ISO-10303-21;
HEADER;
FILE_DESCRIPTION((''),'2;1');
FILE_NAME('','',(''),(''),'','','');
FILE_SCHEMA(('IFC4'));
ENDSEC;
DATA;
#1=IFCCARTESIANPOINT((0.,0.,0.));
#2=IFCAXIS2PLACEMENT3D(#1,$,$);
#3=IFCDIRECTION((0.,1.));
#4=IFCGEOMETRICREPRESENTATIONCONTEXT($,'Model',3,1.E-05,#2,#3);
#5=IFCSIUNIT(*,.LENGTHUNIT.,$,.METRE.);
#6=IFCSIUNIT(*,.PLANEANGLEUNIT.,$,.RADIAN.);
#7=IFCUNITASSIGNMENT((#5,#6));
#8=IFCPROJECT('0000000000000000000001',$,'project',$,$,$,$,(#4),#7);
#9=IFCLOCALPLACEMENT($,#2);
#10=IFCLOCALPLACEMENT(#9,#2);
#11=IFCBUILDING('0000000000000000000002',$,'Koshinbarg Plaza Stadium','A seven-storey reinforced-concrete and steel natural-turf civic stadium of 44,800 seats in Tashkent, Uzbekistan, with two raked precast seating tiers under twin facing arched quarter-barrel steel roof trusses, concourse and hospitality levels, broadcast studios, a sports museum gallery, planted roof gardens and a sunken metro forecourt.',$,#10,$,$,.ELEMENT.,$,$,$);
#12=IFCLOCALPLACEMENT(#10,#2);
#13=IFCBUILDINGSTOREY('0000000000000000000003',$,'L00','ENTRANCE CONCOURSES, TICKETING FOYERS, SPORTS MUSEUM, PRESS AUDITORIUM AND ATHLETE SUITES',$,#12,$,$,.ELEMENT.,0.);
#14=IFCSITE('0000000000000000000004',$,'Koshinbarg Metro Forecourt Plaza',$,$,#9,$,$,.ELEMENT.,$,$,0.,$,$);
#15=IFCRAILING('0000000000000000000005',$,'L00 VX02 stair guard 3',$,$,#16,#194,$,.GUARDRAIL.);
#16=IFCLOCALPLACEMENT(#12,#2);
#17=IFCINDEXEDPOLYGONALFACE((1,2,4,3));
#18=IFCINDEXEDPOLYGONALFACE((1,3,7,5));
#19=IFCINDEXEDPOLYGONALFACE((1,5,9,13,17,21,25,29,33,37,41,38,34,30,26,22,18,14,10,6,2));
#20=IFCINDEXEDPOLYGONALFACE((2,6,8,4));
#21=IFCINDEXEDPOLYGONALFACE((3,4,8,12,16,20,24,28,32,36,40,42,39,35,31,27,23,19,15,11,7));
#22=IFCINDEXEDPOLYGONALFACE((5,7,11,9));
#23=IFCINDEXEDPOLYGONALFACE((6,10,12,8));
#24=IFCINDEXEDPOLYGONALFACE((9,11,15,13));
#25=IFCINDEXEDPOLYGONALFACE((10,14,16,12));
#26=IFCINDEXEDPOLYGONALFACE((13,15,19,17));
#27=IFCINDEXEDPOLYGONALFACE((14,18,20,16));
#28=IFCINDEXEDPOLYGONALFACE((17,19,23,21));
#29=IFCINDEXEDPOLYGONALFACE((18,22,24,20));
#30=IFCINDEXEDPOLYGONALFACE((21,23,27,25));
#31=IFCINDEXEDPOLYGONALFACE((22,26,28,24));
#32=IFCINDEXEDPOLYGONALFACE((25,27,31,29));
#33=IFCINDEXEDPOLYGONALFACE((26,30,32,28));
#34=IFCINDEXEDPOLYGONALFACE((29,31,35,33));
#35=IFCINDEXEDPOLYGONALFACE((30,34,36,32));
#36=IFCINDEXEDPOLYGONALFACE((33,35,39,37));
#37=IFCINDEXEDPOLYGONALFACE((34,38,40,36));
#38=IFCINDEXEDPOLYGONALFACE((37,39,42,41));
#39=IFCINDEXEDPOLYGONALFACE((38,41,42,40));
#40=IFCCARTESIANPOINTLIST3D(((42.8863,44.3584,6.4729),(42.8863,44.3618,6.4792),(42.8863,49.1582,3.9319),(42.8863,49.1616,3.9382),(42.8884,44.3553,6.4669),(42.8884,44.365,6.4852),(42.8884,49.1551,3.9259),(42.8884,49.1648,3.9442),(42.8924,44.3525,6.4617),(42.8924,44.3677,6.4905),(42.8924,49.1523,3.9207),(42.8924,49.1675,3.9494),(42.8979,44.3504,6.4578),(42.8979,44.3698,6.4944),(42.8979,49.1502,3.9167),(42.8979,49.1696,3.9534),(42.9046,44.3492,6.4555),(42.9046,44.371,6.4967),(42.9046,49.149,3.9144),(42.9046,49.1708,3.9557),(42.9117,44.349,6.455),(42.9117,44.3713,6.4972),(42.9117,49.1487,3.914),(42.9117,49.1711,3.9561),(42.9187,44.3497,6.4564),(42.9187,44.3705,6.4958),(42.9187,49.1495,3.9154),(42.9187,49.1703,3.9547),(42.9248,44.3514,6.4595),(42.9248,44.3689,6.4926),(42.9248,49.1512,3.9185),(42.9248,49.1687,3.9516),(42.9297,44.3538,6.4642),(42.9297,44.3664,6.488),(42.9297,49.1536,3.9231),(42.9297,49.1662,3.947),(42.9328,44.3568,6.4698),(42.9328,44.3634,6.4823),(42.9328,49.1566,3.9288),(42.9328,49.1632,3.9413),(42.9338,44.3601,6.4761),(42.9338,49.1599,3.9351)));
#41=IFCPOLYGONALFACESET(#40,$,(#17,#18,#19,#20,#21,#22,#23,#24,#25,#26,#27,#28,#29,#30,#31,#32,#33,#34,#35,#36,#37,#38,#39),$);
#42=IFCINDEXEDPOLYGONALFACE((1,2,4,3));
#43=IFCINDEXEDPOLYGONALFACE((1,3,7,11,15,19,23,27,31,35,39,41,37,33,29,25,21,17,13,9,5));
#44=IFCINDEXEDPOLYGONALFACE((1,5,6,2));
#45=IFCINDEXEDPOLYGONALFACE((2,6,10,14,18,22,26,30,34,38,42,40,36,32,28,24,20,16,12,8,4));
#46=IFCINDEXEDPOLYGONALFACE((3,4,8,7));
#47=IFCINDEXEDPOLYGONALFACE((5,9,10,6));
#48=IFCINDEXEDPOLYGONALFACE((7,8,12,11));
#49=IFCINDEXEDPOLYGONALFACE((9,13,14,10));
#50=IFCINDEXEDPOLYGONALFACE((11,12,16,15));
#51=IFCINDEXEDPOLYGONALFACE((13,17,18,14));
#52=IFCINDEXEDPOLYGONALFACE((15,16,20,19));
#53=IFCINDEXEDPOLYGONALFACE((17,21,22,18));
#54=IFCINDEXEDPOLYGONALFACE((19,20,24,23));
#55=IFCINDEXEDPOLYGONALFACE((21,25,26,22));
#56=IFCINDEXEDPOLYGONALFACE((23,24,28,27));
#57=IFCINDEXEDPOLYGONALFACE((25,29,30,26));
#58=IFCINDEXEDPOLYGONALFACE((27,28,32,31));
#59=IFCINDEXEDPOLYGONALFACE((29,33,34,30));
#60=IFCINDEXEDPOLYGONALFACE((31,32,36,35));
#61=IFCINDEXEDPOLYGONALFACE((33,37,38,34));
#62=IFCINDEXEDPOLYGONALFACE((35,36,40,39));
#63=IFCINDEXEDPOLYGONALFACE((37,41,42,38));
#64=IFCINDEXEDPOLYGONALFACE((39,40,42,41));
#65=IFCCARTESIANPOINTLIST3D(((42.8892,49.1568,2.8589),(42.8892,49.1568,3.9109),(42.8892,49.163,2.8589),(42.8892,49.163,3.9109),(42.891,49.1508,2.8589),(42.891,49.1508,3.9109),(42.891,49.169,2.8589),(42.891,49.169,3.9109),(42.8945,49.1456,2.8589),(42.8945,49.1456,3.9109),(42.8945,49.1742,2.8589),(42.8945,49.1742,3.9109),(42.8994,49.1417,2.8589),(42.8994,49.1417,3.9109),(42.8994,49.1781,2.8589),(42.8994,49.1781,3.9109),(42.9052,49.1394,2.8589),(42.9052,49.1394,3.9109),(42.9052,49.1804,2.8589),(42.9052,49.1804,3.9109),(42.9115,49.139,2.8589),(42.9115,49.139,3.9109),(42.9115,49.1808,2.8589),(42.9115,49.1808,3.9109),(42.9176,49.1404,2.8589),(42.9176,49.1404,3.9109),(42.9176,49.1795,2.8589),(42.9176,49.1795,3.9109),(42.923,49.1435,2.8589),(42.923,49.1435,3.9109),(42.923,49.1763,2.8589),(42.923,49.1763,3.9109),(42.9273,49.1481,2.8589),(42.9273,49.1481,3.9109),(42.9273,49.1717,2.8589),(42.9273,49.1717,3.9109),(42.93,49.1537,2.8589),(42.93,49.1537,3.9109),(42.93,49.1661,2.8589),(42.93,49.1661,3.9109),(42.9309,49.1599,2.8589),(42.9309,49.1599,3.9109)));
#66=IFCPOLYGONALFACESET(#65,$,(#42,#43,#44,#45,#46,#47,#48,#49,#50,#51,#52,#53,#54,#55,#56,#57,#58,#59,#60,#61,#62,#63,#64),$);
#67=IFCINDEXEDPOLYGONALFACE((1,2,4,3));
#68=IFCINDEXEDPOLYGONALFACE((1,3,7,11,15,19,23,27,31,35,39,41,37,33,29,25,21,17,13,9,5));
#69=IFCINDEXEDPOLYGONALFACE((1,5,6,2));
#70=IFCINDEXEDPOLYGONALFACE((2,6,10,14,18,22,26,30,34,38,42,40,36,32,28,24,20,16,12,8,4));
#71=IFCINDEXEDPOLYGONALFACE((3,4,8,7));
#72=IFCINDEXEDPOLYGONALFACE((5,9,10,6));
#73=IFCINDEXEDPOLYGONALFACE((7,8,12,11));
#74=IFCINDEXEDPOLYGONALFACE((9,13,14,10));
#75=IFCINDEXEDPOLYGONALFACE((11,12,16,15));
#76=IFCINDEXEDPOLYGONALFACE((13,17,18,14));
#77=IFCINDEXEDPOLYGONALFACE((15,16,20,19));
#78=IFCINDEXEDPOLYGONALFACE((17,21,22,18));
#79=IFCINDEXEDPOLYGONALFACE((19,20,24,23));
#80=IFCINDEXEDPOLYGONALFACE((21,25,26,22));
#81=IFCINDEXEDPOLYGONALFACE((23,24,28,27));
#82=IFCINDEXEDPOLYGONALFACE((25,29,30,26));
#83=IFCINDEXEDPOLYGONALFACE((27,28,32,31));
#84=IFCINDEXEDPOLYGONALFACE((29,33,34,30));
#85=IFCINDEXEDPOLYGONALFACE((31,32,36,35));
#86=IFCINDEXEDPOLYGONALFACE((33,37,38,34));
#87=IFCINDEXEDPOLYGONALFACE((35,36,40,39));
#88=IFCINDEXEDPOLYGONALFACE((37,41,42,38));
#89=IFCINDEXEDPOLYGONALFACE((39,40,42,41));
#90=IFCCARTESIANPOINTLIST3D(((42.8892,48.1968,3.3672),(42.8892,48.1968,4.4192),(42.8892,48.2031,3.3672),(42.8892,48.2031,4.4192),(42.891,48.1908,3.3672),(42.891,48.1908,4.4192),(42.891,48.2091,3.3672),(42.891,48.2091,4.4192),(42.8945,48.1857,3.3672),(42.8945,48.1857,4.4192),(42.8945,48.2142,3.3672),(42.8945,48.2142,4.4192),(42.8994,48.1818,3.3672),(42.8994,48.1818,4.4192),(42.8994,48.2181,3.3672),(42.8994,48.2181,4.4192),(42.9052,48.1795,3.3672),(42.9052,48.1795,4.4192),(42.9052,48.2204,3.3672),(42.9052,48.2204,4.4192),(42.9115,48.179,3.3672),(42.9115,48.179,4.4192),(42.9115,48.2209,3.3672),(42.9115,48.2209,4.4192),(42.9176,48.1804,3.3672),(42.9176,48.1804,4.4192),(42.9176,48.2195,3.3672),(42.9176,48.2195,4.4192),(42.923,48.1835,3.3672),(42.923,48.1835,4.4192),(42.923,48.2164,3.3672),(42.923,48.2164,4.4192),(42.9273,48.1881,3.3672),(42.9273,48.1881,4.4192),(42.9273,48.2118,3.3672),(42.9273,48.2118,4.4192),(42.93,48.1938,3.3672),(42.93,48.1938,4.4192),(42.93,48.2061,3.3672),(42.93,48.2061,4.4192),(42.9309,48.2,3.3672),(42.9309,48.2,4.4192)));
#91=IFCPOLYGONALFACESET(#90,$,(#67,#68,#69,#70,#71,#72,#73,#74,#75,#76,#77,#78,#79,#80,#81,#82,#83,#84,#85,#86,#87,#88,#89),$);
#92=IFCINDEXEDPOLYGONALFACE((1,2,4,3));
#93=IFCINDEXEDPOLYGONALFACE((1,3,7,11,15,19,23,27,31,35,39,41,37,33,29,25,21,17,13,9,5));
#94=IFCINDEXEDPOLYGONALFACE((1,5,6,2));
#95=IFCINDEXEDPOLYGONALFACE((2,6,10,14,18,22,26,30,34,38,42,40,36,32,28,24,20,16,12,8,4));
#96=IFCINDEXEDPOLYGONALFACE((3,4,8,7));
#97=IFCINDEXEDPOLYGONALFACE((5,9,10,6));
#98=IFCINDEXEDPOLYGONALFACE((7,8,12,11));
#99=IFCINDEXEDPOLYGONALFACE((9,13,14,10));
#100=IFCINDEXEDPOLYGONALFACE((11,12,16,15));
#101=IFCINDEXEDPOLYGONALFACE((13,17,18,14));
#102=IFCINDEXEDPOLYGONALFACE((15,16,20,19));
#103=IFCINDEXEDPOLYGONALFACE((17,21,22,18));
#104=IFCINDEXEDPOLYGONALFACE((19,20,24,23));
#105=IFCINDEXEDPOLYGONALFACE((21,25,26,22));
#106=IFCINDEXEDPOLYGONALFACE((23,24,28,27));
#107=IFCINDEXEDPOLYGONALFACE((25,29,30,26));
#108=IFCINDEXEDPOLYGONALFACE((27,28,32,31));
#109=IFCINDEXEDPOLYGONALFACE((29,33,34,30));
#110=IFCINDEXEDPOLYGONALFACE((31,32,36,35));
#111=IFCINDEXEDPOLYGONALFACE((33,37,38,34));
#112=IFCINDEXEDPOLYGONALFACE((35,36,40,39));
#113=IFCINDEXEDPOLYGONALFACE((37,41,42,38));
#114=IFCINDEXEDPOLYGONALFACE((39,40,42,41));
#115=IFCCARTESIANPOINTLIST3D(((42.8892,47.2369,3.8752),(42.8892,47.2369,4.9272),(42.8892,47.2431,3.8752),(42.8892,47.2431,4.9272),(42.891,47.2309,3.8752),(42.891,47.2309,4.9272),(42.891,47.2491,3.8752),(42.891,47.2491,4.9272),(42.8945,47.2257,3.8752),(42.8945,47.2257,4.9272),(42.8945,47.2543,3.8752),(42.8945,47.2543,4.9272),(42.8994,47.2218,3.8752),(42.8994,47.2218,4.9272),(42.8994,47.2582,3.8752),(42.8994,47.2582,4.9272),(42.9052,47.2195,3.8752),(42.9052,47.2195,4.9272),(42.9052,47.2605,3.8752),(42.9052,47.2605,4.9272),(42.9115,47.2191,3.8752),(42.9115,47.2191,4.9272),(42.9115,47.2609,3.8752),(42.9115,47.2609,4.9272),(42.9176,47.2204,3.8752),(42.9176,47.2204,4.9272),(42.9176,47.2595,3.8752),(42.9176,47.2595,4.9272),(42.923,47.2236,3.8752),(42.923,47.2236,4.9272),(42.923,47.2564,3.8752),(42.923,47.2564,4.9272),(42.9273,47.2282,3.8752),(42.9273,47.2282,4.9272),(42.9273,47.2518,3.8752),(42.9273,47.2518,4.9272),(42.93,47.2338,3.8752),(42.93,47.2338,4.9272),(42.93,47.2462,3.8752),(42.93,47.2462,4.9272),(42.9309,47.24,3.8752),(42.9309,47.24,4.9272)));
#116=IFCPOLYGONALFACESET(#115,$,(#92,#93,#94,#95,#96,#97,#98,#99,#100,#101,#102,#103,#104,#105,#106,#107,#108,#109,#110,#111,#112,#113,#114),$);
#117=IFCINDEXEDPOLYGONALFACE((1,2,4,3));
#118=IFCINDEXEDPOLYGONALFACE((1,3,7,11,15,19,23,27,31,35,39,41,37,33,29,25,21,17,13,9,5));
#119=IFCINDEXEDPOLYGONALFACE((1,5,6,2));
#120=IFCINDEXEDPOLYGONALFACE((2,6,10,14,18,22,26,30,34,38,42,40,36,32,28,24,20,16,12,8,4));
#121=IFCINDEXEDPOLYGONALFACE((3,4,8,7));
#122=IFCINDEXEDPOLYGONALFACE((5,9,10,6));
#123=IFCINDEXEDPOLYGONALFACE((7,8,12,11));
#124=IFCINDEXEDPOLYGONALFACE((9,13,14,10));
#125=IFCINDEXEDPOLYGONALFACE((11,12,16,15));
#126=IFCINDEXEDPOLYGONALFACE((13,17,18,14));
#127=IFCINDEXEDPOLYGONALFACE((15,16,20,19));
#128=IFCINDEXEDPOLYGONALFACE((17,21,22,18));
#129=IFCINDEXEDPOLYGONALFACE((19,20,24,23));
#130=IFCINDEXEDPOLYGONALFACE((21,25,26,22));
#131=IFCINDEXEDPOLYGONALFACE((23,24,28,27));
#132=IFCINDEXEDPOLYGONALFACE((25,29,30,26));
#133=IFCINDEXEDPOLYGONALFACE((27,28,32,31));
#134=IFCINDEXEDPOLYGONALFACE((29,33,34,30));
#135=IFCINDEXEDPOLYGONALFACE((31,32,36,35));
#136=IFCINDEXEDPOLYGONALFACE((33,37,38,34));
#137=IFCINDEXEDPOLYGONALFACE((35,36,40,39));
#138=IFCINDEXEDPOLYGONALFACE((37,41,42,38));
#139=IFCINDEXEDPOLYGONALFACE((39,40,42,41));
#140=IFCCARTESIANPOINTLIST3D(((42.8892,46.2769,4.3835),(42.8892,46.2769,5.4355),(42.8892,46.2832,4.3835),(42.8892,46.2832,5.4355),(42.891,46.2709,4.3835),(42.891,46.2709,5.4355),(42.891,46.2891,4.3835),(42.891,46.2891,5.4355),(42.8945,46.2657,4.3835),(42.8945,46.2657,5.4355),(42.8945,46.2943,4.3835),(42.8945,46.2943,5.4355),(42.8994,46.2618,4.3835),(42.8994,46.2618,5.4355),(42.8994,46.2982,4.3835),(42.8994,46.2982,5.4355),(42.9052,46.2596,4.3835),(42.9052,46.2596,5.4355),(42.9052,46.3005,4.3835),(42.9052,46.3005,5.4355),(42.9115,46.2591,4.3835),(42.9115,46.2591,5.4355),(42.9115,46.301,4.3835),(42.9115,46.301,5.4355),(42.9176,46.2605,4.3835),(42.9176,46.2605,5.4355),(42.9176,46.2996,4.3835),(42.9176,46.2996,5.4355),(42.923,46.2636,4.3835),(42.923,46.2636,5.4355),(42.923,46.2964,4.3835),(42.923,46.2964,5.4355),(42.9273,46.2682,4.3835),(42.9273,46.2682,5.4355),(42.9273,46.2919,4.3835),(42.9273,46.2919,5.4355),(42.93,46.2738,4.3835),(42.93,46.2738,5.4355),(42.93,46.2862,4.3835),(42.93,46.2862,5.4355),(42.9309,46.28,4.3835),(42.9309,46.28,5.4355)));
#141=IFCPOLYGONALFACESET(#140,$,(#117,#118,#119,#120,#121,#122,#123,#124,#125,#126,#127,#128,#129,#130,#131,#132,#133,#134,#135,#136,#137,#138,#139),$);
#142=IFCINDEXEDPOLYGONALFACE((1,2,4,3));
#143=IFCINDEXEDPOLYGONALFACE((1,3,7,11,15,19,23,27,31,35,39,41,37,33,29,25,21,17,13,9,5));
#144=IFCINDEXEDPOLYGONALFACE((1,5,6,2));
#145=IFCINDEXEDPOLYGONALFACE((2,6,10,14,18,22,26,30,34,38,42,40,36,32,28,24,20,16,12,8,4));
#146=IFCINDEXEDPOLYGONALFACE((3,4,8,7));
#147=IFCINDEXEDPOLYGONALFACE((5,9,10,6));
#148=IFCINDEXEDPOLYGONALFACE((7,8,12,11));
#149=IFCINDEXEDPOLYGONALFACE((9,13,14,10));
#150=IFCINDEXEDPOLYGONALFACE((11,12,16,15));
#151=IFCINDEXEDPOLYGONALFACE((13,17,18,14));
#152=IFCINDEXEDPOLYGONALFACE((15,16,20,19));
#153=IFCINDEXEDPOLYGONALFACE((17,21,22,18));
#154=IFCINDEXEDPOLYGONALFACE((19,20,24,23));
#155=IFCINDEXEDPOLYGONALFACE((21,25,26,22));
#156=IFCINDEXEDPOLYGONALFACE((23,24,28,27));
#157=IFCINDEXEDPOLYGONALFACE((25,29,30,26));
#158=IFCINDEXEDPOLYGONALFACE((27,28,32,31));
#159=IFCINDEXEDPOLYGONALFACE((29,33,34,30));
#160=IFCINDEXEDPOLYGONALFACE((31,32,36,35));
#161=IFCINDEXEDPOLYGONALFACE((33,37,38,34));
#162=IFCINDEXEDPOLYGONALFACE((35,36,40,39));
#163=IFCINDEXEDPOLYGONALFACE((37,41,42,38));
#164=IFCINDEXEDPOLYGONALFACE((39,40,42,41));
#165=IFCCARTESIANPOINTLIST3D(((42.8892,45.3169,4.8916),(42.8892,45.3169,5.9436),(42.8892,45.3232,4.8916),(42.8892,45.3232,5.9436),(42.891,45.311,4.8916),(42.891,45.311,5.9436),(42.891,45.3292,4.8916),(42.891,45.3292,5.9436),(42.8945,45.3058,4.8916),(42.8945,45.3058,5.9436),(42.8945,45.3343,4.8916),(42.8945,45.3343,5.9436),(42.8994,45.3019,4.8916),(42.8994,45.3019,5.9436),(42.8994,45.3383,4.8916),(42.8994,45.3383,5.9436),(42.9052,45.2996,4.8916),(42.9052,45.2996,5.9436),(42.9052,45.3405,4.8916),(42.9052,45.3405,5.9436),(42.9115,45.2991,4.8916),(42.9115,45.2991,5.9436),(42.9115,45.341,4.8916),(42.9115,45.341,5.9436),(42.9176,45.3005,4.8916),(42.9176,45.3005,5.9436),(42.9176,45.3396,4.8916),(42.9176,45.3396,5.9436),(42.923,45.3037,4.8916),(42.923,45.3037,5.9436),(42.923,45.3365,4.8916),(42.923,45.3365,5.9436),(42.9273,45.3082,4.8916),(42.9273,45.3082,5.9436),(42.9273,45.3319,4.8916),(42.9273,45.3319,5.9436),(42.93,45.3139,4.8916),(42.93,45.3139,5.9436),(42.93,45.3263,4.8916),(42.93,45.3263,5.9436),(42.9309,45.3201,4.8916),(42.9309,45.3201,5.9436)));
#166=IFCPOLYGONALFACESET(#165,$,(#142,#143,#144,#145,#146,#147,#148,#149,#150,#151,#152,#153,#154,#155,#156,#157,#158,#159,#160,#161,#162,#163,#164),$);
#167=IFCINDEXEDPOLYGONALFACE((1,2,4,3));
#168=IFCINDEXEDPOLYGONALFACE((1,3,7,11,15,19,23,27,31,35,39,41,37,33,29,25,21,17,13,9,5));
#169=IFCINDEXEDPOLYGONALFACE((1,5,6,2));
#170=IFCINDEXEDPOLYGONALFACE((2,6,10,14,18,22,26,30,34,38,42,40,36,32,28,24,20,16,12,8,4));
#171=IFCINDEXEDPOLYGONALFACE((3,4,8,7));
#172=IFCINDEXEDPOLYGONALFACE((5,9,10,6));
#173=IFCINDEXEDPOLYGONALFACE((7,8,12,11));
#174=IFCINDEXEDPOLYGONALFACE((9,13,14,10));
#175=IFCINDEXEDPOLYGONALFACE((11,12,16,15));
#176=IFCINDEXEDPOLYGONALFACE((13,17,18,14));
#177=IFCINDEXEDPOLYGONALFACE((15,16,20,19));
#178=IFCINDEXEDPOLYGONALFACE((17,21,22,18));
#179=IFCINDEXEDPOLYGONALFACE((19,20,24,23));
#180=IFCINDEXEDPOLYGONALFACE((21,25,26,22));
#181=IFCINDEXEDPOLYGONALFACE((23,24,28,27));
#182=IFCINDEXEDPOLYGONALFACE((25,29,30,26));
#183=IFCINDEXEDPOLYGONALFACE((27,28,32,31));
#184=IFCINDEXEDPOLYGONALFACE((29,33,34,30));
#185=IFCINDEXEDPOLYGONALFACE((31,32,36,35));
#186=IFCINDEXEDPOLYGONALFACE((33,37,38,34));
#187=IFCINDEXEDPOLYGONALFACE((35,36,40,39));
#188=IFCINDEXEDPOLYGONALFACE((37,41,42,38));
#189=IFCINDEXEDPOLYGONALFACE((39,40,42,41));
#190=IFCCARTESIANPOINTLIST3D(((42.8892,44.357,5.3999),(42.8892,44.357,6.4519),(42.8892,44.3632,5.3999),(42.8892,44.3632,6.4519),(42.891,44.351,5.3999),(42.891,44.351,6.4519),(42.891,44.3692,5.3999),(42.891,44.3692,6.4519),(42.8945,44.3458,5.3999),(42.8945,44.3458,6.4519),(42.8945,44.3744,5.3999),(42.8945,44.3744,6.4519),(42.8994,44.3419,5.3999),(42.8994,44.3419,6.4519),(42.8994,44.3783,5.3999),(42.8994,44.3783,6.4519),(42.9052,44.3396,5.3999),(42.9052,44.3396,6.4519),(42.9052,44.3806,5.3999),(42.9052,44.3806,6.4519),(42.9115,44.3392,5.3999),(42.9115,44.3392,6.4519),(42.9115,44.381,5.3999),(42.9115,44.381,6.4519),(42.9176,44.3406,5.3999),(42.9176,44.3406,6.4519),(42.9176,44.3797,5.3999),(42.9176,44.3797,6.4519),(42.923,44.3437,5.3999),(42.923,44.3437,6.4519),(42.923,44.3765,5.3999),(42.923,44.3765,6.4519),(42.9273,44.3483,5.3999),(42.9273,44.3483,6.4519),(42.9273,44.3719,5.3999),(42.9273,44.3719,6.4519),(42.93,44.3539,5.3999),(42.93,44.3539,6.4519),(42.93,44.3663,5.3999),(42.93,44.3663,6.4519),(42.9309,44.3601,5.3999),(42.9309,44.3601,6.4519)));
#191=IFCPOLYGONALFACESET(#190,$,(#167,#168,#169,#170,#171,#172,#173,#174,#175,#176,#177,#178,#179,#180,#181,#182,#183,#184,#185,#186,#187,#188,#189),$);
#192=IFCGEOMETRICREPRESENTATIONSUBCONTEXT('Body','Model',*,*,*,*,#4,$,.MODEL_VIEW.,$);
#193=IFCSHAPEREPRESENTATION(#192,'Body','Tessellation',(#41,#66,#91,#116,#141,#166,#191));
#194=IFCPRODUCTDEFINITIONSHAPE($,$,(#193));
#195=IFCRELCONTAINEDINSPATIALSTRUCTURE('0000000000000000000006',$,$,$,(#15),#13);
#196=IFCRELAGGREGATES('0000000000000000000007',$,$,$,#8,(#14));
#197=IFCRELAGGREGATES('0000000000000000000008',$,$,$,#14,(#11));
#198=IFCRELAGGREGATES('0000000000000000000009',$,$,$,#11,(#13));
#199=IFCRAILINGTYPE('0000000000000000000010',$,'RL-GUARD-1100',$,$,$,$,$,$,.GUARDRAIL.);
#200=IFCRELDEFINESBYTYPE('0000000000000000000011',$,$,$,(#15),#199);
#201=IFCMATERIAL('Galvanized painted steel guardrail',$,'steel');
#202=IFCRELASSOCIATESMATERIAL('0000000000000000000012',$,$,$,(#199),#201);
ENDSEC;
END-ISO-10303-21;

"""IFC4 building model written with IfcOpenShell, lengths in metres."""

from ifc_helpers import new_model, si_unit, direction, frame, origin, origin_2d, place, context, subcontext, project, spatial, circle, extrude, material, type_object, element, save


model = new_model("IFC4")

# Units and contexts
model_context = context("Model", 3, precision=1e-05, world=origin(), true_north=direction((0.0, 1.0)))
body_context = subcontext(model_context, "Body", "Model", "MODEL_VIEW")
ifc_project = project(units=[si_unit("LENGTHUNIT", "METRE"), si_unit("PLANEANGLEUNIT", "RADIAN")], contexts=[model_context])

# Site, building, storey
site_placement = place(None, origin())
site = spatial("IfcSite", under=ifc_project, at=site_placement, Name="Koshinbarg Metro Forecourt Plaza", CompositionType="ELEMENT", RefElevation=0.0)
building_placement = place(site_placement, origin())
building = spatial("IfcBuilding", under=site, at=building_placement, Name="Koshinbarg Plaza Stadium", Description="A seven-storey reinforced-concrete and steel natural-turf civic stadium of 44,800 seats in Tashkent, Uzbekistan, with two raked precast seating tiers under twin facing arched quarter-barrel steel roof trusses, concourse and hospitality levels, broadcast studios, a sports museum gallery, planted roof gardens and a sunken metro forecourt.", CompositionType="ELEMENT")
storey_placement = place(building_placement, origin())
storey = spatial("IfcBuildingStorey", under=building, at=storey_placement, Name="L00", Description="ENTRANCE CONCOURSES, TICKETING FOYERS, SPORTS MUSEUM, PRESS AUDITORIUM AND ATHLETE SUITES", CompositionType="ELEMENT", Elevation=0.0)

# Railing
ifc_material_1 = material(Name="Galvanized painted steel guardrail", Category="steel")
railing_type_1 = type_object("IfcRailingType", Name="RL-GUARD-1100", PredefinedType="GUARDRAIL", material=ifc_material_1)
railing_1_placement = place(storey_placement, frame((42.9099, 49.1599, 2.8589)))
element("IfcRailing", 1, at=railing_1_placement, inside=storey, type_object=railing_type_1, Name="L00 VX02 stair guard 3", PredefinedType="GUARDRAIL", context=body_context, shape_type="SweptSolid", body=[
    extrude(circle(Radius=0.0239, at=origin_2d()), frame((0.0, 0.0, 1.0762), z_axis=(0.0, -0.883792, 0.467879), x_axis=(1.0, 0.0, 0.0)), (0.0, 0.0, 1.0), 5.4309),
    extrude(circle(Radius=0.021, at=origin_2d()), origin(), (0.0, 0.0, 1.0), 1.052),
    extrude(circle(Radius=0.021, at=origin_2d()), frame((0.0, -0.96, 0.5083)), (0.0, 0.0, 1.0), 1.052),
    extrude(circle(Radius=0.021, at=origin_2d()), frame((0.0, -1.9199, 1.0164)), (0.0, 0.0, 1.0), 1.052),
    extrude(circle(Radius=0.021, at=origin_2d()), frame((0.0, -2.8799, 1.5247)), (0.0, 0.0, 1.0), 1.052),
    extrude(circle(Radius=0.021, at=origin_2d()), frame((0.0, -3.8398, 2.0327)), (0.0, 0.0, 1.0), 1.052),
    extrude(circle(Radius=0.021, at=origin_2d()), frame((0.0, -4.7998, 2.541)), (0.0, 0.0, 1.0), 1.052),
])

save(model, "model.ifc")
